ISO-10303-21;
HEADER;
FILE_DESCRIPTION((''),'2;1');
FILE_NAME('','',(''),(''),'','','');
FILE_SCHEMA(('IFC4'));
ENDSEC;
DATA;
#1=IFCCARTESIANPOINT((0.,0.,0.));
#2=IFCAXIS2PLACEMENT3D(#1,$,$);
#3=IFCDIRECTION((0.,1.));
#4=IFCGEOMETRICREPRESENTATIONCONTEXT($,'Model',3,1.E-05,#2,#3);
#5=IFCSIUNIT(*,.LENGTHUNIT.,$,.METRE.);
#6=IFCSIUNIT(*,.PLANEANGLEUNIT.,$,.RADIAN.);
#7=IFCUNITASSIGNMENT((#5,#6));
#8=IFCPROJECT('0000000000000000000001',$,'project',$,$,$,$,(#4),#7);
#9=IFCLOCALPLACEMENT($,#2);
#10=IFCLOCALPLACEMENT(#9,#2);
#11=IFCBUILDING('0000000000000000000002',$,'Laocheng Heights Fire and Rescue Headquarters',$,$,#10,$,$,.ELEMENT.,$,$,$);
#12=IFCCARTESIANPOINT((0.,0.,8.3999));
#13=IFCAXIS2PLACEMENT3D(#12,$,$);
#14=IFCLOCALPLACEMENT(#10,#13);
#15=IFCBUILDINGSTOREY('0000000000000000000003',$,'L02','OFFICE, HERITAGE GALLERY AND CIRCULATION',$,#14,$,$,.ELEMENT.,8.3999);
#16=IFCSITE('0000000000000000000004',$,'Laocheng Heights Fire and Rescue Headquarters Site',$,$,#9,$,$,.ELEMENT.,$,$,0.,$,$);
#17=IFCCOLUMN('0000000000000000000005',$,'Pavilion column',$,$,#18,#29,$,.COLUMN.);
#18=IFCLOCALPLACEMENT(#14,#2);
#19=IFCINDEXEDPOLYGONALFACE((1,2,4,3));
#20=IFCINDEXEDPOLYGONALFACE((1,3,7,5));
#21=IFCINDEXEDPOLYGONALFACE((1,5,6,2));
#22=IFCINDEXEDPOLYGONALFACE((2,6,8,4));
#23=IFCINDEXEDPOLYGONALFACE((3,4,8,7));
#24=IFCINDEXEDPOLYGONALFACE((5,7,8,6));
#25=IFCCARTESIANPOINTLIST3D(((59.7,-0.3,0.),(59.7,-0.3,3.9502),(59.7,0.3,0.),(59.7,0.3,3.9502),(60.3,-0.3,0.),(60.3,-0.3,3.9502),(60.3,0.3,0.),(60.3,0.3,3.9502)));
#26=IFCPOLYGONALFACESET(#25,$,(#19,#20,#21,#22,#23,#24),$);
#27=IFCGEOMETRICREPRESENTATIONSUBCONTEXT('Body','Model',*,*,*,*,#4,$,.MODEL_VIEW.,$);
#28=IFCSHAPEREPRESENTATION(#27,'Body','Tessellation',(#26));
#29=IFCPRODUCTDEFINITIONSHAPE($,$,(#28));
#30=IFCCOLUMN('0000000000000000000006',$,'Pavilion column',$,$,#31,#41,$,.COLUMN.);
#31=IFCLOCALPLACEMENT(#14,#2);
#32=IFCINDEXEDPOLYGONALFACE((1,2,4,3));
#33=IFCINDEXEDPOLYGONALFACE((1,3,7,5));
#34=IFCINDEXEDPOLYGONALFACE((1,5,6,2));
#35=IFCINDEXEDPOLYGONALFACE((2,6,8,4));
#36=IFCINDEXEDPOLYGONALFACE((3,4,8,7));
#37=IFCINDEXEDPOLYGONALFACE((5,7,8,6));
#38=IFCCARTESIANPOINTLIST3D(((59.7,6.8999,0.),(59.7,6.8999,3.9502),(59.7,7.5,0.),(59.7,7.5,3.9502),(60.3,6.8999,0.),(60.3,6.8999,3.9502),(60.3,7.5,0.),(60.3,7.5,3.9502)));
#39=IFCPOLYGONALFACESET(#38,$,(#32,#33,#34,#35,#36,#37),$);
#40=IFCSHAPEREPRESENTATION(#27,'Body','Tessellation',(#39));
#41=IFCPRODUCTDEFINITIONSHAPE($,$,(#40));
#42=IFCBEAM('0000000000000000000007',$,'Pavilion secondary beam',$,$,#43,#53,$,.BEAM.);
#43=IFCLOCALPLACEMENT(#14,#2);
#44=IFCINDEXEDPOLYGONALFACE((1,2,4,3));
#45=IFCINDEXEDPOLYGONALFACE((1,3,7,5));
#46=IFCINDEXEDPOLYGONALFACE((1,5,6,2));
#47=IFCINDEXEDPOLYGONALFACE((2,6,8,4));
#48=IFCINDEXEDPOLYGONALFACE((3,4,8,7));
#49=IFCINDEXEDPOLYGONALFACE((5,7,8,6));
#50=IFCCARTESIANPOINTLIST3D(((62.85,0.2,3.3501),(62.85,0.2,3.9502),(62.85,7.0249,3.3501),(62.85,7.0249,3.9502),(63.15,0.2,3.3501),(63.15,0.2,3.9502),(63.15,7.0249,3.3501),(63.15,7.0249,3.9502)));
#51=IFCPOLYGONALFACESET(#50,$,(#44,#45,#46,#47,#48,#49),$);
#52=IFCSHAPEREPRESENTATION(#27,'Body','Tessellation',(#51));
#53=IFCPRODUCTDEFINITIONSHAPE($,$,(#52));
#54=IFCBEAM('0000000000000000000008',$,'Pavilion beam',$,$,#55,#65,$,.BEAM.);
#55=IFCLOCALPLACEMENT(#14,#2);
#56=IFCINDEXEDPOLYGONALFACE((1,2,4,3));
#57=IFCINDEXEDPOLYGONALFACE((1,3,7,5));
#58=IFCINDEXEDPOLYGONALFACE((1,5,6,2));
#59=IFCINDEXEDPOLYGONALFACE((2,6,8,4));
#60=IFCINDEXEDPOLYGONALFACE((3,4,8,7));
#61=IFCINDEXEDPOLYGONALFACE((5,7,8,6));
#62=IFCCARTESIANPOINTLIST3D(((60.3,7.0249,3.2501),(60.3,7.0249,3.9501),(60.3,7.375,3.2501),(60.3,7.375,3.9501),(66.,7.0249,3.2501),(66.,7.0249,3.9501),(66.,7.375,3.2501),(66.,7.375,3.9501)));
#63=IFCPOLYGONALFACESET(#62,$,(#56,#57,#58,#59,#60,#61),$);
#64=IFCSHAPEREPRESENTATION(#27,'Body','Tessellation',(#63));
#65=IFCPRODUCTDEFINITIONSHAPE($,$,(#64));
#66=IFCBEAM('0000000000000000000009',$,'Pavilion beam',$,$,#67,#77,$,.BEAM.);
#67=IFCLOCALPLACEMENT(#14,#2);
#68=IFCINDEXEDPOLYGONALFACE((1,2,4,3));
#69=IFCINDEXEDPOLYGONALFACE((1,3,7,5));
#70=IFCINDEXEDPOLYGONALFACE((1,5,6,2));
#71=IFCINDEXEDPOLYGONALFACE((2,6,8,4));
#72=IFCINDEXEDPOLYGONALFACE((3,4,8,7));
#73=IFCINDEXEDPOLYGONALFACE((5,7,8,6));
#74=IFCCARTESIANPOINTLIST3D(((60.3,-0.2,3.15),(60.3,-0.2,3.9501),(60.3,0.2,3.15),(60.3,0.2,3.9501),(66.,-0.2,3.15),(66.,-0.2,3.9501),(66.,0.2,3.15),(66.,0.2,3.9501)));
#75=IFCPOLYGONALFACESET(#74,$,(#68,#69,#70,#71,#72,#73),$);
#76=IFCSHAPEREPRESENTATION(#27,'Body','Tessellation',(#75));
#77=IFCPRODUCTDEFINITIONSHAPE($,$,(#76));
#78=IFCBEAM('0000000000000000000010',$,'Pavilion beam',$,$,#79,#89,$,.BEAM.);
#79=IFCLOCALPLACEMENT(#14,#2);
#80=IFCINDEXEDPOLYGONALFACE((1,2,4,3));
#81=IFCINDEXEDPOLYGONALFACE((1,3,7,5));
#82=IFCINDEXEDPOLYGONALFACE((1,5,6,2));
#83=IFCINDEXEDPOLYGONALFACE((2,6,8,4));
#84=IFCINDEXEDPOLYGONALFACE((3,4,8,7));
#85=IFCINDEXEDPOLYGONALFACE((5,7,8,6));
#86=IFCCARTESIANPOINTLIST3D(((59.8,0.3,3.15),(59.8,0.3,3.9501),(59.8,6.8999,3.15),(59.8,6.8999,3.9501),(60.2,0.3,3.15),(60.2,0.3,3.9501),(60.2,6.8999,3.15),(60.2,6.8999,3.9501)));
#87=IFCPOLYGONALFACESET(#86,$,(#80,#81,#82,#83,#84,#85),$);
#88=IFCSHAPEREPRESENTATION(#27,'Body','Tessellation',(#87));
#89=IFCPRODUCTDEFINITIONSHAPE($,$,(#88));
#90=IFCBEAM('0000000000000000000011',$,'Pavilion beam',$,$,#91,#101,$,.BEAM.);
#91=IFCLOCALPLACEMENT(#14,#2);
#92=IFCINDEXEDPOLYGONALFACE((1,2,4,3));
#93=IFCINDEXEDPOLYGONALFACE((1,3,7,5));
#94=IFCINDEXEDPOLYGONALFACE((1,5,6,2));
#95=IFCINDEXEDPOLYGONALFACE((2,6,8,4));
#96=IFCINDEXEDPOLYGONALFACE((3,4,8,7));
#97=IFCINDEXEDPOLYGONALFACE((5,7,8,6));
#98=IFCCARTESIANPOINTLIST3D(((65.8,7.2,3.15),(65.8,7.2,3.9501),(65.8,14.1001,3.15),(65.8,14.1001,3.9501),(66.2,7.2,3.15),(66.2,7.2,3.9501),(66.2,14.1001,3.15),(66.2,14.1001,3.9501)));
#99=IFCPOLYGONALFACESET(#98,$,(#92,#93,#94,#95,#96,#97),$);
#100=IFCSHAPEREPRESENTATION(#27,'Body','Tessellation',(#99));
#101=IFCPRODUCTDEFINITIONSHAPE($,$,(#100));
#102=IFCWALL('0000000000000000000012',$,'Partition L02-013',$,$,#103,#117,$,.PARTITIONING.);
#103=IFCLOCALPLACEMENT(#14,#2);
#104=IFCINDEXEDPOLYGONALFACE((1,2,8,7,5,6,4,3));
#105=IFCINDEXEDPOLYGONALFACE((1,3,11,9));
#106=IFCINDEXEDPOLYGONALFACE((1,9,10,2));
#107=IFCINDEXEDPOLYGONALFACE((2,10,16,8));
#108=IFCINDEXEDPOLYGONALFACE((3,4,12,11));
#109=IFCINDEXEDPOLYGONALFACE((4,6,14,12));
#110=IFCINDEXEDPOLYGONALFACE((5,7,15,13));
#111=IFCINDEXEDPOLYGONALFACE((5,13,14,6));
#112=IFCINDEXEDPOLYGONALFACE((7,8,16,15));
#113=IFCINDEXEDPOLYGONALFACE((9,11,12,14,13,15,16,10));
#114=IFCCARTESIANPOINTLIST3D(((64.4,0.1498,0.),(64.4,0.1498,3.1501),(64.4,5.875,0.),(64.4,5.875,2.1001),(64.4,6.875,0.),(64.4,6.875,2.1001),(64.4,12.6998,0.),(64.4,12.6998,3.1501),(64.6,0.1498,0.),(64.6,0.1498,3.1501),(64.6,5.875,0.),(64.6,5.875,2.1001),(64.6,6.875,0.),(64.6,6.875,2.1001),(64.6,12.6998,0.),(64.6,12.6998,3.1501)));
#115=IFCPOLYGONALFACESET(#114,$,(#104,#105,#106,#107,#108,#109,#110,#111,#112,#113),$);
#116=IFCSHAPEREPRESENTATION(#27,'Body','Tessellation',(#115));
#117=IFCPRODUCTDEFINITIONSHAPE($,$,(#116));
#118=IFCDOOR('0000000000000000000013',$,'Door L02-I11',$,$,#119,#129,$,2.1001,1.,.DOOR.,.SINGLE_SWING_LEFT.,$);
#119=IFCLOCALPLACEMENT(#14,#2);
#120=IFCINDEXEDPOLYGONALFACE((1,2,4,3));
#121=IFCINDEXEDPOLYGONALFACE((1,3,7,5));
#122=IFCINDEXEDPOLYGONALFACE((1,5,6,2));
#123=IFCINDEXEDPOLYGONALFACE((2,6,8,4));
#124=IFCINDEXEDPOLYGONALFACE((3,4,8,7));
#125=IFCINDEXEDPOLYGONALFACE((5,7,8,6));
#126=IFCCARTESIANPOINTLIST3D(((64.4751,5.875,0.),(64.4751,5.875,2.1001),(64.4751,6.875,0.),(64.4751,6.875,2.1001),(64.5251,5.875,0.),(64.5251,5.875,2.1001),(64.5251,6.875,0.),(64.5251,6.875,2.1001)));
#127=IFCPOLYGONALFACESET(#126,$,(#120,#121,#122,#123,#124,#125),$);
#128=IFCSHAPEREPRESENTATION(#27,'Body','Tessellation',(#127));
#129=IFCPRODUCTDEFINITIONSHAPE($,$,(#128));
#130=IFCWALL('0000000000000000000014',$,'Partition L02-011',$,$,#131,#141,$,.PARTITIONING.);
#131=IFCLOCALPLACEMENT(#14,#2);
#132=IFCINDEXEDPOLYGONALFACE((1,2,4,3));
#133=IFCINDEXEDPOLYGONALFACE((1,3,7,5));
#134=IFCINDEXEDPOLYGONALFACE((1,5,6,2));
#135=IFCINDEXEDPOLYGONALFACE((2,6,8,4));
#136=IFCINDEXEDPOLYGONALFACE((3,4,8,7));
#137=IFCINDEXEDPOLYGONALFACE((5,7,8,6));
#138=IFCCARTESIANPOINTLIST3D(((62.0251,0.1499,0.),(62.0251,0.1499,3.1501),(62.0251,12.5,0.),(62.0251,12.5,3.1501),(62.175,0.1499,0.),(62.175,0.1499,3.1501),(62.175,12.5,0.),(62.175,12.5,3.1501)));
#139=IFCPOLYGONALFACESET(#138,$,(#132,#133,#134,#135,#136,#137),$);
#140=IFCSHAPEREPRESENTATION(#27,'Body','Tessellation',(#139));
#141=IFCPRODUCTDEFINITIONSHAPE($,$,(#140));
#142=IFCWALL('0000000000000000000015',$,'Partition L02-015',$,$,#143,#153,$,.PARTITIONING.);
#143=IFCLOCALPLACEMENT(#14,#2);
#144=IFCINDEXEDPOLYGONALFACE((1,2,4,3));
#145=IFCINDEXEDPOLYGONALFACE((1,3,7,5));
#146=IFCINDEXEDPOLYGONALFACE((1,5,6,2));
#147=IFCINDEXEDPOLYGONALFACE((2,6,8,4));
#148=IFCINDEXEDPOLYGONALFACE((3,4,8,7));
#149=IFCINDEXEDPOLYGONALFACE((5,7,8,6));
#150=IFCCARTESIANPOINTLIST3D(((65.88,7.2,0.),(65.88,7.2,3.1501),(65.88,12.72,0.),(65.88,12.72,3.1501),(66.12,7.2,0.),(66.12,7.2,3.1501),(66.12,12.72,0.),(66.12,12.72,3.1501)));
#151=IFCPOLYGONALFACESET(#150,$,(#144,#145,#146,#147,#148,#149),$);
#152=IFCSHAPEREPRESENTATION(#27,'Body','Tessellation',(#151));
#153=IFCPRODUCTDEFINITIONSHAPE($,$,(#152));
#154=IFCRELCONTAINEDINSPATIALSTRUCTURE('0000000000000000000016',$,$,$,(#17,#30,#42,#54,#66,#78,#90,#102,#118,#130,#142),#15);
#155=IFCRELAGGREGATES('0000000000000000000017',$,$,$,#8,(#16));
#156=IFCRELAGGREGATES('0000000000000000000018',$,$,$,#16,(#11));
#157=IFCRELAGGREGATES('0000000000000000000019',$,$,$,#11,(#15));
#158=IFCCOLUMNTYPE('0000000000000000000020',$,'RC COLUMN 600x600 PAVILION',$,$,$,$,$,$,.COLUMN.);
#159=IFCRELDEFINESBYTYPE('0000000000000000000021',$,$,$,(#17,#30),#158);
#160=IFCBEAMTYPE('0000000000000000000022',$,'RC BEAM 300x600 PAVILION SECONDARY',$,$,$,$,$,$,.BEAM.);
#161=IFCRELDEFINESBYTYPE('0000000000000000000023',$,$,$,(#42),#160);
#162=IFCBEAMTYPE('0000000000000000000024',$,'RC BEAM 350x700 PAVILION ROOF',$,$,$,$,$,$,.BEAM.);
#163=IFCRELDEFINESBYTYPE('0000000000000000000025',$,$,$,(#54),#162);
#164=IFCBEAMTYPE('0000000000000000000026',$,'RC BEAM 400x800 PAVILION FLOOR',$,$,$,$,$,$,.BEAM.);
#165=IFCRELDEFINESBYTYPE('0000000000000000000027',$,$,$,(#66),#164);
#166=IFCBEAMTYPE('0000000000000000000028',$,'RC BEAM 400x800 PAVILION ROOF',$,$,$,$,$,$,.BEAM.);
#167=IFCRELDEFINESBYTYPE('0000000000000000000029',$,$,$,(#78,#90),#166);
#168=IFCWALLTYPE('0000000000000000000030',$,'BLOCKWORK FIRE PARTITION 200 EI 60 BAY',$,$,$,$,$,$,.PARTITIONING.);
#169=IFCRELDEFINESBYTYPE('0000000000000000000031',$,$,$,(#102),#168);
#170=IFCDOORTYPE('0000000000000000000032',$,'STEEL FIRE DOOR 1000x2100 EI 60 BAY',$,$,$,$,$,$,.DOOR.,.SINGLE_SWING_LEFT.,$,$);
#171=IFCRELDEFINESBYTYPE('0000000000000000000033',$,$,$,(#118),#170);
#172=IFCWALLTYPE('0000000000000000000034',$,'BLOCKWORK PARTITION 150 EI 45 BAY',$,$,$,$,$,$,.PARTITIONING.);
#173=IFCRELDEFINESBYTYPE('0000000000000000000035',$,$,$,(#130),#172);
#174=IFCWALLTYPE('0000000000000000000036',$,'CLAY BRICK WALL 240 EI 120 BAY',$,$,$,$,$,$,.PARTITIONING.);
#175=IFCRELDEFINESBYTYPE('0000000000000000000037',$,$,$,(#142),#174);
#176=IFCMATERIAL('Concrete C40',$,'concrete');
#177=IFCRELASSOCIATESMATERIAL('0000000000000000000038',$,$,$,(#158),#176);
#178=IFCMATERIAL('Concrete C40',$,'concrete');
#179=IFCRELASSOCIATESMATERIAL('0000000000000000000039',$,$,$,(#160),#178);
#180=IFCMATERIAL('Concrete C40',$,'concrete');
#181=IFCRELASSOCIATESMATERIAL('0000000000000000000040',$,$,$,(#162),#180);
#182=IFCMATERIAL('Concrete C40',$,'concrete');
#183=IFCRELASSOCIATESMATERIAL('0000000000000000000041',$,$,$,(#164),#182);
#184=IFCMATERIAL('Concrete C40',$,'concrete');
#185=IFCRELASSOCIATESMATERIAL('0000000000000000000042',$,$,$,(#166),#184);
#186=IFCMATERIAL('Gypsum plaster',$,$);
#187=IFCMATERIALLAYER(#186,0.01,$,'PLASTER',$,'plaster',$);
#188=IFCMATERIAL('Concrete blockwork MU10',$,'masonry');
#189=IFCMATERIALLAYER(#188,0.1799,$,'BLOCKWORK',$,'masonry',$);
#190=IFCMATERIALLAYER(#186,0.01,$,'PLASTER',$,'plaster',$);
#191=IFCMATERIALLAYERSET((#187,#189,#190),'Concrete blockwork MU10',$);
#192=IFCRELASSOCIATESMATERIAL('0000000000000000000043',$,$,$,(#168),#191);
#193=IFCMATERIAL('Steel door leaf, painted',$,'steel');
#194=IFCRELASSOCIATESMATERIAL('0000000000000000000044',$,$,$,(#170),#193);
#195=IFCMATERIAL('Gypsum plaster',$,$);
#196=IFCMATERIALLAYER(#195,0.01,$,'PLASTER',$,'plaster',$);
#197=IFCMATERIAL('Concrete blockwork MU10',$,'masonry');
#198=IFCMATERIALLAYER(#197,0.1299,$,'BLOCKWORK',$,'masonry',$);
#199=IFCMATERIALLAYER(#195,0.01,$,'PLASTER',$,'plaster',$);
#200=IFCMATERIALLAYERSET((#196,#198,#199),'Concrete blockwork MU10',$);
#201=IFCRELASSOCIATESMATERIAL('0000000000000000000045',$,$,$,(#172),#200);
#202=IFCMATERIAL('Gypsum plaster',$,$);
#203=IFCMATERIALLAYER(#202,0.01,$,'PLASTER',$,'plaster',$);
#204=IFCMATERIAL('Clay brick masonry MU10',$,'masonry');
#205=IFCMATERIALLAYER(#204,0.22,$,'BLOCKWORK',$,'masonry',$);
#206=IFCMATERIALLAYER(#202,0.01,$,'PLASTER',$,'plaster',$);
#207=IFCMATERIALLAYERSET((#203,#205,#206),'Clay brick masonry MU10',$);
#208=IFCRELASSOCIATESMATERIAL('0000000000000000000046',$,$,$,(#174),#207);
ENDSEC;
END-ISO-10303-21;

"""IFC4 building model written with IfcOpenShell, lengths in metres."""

from ifc_helpers import new_model, si_unit, direction, frame, frame_2d, origin, origin_2d, place, context, subcontext, project, spatial, rectangle, extrude, material, layer, layer_set, material_profile, profile_set, type_object, element, fill, save


model = new_model("IFC4")

# Units and contexts
model_context = context("Model", 3, precision=1e-05, world=origin(), true_north=direction((0.0, 1.0)))
body_context = subcontext(model_context, "Body", "Model", "MODEL_VIEW")
ifc_project = project(units=[si_unit("LENGTHUNIT", "METRE"), si_unit("PLANEANGLEUNIT", "RADIAN")], contexts=[model_context])

# Site, building, storey
site_placement = place(None, origin())
site = spatial("IfcSite", under=ifc_project, at=site_placement, Name="Laocheng Heights Fire and Rescue Headquarters Site", CompositionType="ELEMENT", RefElevation=0.0)
building_placement = place(site_placement, origin())
building = spatial("IfcBuilding", under=site, at=building_placement, Name="Laocheng Heights Fire and Rescue Headquarters", CompositionType="ELEMENT")
storey_placement = place(building_placement, frame((0.0, 0.0, 8.3999)))
storey = spatial("IfcBuildingStorey", under=building, at=storey_placement, Name="L02", Description="OFFICE, HERITAGE GALLERY AND CIRCULATION", CompositionType="ELEMENT", Elevation=8.3999)

# Columns
ifc_material_1 = material(Name="Concrete C40", Category="concrete")
ifc_material_profile_1 = material_profile(ifc_material_1, rectangle(XDim=0.6001, YDim=0.6001, at=origin_2d()), Name="RC COLUMN 600x600 PAVILION")
ifc_profile_set_1 = profile_set([ifc_material_profile_1], Name="Concrete C40")
column_type = type_object("IfcColumnType", Name="RC COLUMN 600x600 PAVILION", PredefinedType="COLUMN", material=ifc_profile_set_1)
for number, where, z_axis, x_axis, name in (
    (1, (60.0, 0.0, 0.0), (0.0, 0.0, 1.0), (1.0, 0.0, 0.0), "Pavilion column"),
    (2, (60.0, 7.2, 0.0), (0.0, 0.0, 1.0), (1.0, 0.0, 0.0), "Pavilion column"),
):
    element("IfcColumn", number, at=place(storey_placement, frame(where, z_axis=z_axis, x_axis=x_axis)), inside=storey, type_object=column_type, Name=name, PredefinedType="COLUMN", context=body_context, shape_type="SweptSolid", body=[
        extrude(rectangle(XDim=0.6001, YDim=0.6001, at=origin_2d()), origin(), (0.0, 0.0, 1.0), 3.9502),
    ])

# Beams
ifc_material_2 = material(Name="Concrete C40", Category="concrete")
ifc_material_profile_2 = material_profile(ifc_material_2, rectangle(XDim=0.3, YDim=0.6001, at=origin_2d()), Name="RC BEAM 300x600 PAVILION SECONDARY")
ifc_profile_set_2 = profile_set([ifc_material_profile_2], Name="Concrete C40")
beam_type_1 = type_object("IfcBeamType", Name="RC BEAM 300x600 PAVILION SECONDARY", PredefinedType="BEAM", material=ifc_profile_set_2)
beam_1_placement = place(storey_placement, frame((63.0, 0.2, 3.6501), z_axis=(0.0, 1.0, 0.0), x_axis=(-1.0, 0.0, 0.0)))
element("IfcBeam", 3, at=beam_1_placement, inside=storey, type_object=beam_type_1, Name="Pavilion secondary beam", PredefinedType="BEAM", context=body_context, shape_type="SweptSolid", body=[
    extrude(rectangle(XDim=0.3, YDim=0.6001, at=origin_2d()), origin(), (0.0, 0.0, 1.0), 6.825),
])
ifc_material_3 = material(Name="Concrete C40", Category="concrete")
ifc_material_profile_3 = material_profile(ifc_material_3, rectangle(XDim=0.3501, YDim=0.7, at=origin_2d()), Name="RC BEAM 350x700 PAVILION ROOF")
ifc_profile_set_3 = profile_set([ifc_material_profile_3], Name="Concrete C40")
beam_type_2 = type_object("IfcBeamType", Name="RC BEAM 350x700 PAVILION ROOF", PredefinedType="BEAM", material=ifc_profile_set_3)
beam_2_placement = place(storey_placement, frame((60.3, 7.2, 3.6001), z_axis=(1.0, 0.0, 0.0), x_axis=(0.0, 1.0, 0.0)))
element("IfcBeam", 4, at=beam_2_placement, inside=storey, type_object=beam_type_2, Name="Pavilion beam", PredefinedType="BEAM", context=body_context, shape_type="SweptSolid", body=[
    extrude(rectangle(XDim=0.3501, YDim=0.7, at=origin_2d()), origin(), (0.0, 0.0, 1.0), 5.7),
])
ifc_material_4 = material(Name="Concrete C40", Category="concrete")
ifc_material_profile_4 = material_profile(ifc_material_4, rectangle(XDim=0.3999, YDim=0.8, at=origin_2d()), Name="RC BEAM 400x800 PAVILION FLOOR")
ifc_profile_set_4 = profile_set([ifc_material_profile_4], Name="Concrete C40")
beam_type_3 = type_object("IfcBeamType", Name="RC BEAM 400x800 PAVILION FLOOR", PredefinedType="BEAM", material=ifc_profile_set_4)
beam_3_placement = place(storey_placement, frame((60.3, 0.0, 3.55), z_axis=(1.0, 0.0, 0.0), x_axis=(0.0, 1.0, 0.0)))
element("IfcBeam", 5, at=beam_3_placement, inside=storey, type_object=beam_type_3, Name="Pavilion beam", PredefinedType="BEAM", context=body_context, shape_type="SweptSolid", body=[
    extrude(rectangle(XDim=0.3999, YDim=0.8, at=origin_2d()), origin(), (0.0, 0.0, 1.0), 5.7),
])
ifc_material_5 = material(Name="Concrete C40", Category="concrete")
ifc_material_profile_5 = material_profile(ifc_material_5, rectangle(XDim=0.3999, YDim=0.8, at=origin_2d()), Name="RC BEAM 400x800 PAVILION ROOF")
ifc_profile_set_5 = profile_set([ifc_material_profile_5], Name="Concrete C40")
beam_type_4 = type_object("IfcBeamType", Name="RC BEAM 400x800 PAVILION ROOF", PredefinedType="BEAM", material=ifc_profile_set_5)
beam_4_placement = place(storey_placement, frame((60.0, 0.3, 3.55), z_axis=(0.0, 1.0, 0.0), x_axis=(-1.0, 0.0, 0.0)))
element("IfcBeam", 6, at=beam_4_placement, inside=storey, type_object=beam_type_4, Name="Pavilion beam", PredefinedType="BEAM", context=body_context, shape_type="SweptSolid", body=[
    extrude(rectangle(XDim=0.3999, YDim=0.8, at=origin_2d()), origin(), (0.0, 0.0, 1.0), 6.5999),
])
beam_5_placement = place(storey_placement, frame((66.0, 7.2, 3.55), z_axis=(0.0, 1.0, 0.0), x_axis=(-1.0, 0.0, 0.0)))
element("IfcBeam", 7, at=beam_5_placement, inside=storey, type_object=beam_type_4, Name="Pavilion beam", PredefinedType="BEAM", context=body_context, shape_type="SweptSolid", body=[
    extrude(rectangle(XDim=0.3999, YDim=0.8, at=origin_2d()), origin(), (0.0, 0.0, 1.0), 6.9001),
])

# Wall, opening, door
ifc_material_6 = material(Name="Gypsum plaster")
ifc_layer_1 = layer(ifc_material_6, 0.01, Name="PLASTER", Category="plaster")
ifc_material_7 = material(Name="Concrete blockwork MU10", Category="masonry")
ifc_layer_2 = layer(ifc_material_7, 0.1799, Name="BLOCKWORK", Category="masonry")
ifc_layer_3 = layer(ifc_material_6, 0.01, Name="PLASTER", Category="plaster")
ifc_layer_set_1 = layer_set([ifc_layer_1, ifc_layer_2, ifc_layer_3], Name="Concrete blockwork MU10")
wall_type_1 = type_object("IfcWallType", Name="BLOCKWORK FIRE PARTITION 200 EI 60 BAY", PredefinedType="PARTITIONING", material=ifc_layer_set_1)
wall_1_placement = place(storey_placement, frame((64.5, 0.1499, 0.0), z_axis=(0.0, 0.0, 1.0), x_axis=(0.0, 1.0, 0.0)))
wall_1 = element("IfcWall", 8, at=wall_1_placement, inside=storey, type_object=wall_type_1, Name="Partition L02-013", PredefinedType="PARTITIONING", context=body_context, shape_type="SweptSolid", body=[
    extrude(rectangle(XDim=12.55, YDim=0.2, at=frame_2d((6.2749, 0.0))), origin(), (0.0, 0.0, 1.0), 3.1501),
])
opening_1_placement = place(wall_1_placement, frame((5.7251, 0.0, 0.0)))
opening_1 = element("IfcOpeningElement", 9, at=opening_1_placement, cuts=wall_1, PredefinedType="OPENING", context=body_context, shape_type="SweptSolid", body=[
    extrude(rectangle(XDim=1.0, YDim=2.1001, at=frame_2d((0.5, 1.05))), frame((0.0, 0.1099, 0.0), z_axis=(0.0, -1.0, 0.0), x_axis=(1.0, 0.0, 0.0)), (0.0, 0.0, 1.0), 0.22),
])
ifc_material_8 = material(Name="Steel door leaf, painted", Category="steel")
door_type = type_object("IfcDoorType", Name="STEEL FIRE DOOR 1000x2100 EI 60 BAY", OperationType="SINGLE_SWING_LEFT", PredefinedType="DOOR", material=ifc_material_8)
door_placement = place(opening_1_placement, origin())
door = element("IfcDoor", 10, at=door_placement, inside=storey, type_object=door_type, Name="Door L02-I11", OperationType="SINGLE_SWING_LEFT", OverallHeight=2.1001, OverallWidth=1.0, PredefinedType="DOOR", context=body_context, shape_type="SweptSolid", body=[
    extrude(rectangle(XDim=1.0, YDim=2.1001, at=frame_2d((0.5, 1.05))), frame((0.0, 0.0249, 0.0), z_axis=(0.0, -1.0, 0.0), x_axis=(1.0, 0.0, 0.0)), (0.0, 0.0, 1.0), 0.05),
])
fill(opening_1, door)

# Walls
ifc_material_9 = material(Name="Gypsum plaster")
ifc_layer_4 = layer(ifc_material_9, 0.01, Name="PLASTER", Category="plaster")
ifc_material_10 = material(Name="Concrete blockwork MU10", Category="masonry")
ifc_layer_5 = layer(ifc_material_10, 0.1299, Name="BLOCKWORK", Category="masonry")
ifc_layer_6 = layer(ifc_material_9, 0.01, Name="PLASTER", Category="plaster")
ifc_layer_set_2 = layer_set([ifc_layer_4, ifc_layer_5, ifc_layer_6], Name="Concrete blockwork MU10")
wall_type_2 = type_object("IfcWallType", Name="BLOCKWORK PARTITION 150 EI 45 BAY", PredefinedType="PARTITIONING", material=ifc_layer_set_2)
wall_2_placement = place(storey_placement, frame((62.1001, 0.1499, 0.0), z_axis=(0.0, 0.0, 1.0), x_axis=(0.0, 1.0, 0.0)))
element("IfcWall", 11, at=wall_2_placement, inside=storey, type_object=wall_type_2, Name="Partition L02-011", PredefinedType="PARTITIONING", context=body_context, shape_type="SweptSolid", body=[
    extrude(rectangle(XDim=12.3501, YDim=0.1499, at=frame_2d((6.175, 0.0))), origin(), (0.0, 0.0, 1.0), 3.1501),
])
ifc_material_11 = material(Name="Gypsum plaster")
ifc_layer_7 = layer(ifc_material_11, 0.01, Name="PLASTER", Category="plaster")
ifc_material_12 = material(Name="Clay brick masonry MU10", Category="masonry")
ifc_layer_8 = layer(ifc_material_12, 0.22, Name="BLOCKWORK", Category="masonry")
ifc_layer_9 = layer(ifc_material_11, 0.01, Name="PLASTER", Category="plaster")
ifc_layer_set_3 = layer_set([ifc_layer_7, ifc_layer_8, ifc_layer_9], Name="Clay brick masonry MU10")
wall_type_3 = type_object("IfcWallType", Name="CLAY BRICK WALL 240 EI 120 BAY", PredefinedType="PARTITIONING", material=ifc_layer_set_3)
wall_3_placement = place(storey_placement, frame((66.0, 7.2, 0.0), z_axis=(0.0, 0.0, 1.0), x_axis=(0.0, 1.0, 0.0)))
element("IfcWall", 12, at=wall_3_placement, inside=storey, type_object=wall_type_3, Name="Partition L02-015", PredefinedType="PARTITIONING", context=body_context, shape_type="SweptSolid", body=[
    extrude(rectangle(XDim=5.52, YDim=0.24, at=frame_2d((2.76, 0.0))), origin(), (0.0, 0.0, 1.0), 3.1501),
])

save(model, "model.ifc")
